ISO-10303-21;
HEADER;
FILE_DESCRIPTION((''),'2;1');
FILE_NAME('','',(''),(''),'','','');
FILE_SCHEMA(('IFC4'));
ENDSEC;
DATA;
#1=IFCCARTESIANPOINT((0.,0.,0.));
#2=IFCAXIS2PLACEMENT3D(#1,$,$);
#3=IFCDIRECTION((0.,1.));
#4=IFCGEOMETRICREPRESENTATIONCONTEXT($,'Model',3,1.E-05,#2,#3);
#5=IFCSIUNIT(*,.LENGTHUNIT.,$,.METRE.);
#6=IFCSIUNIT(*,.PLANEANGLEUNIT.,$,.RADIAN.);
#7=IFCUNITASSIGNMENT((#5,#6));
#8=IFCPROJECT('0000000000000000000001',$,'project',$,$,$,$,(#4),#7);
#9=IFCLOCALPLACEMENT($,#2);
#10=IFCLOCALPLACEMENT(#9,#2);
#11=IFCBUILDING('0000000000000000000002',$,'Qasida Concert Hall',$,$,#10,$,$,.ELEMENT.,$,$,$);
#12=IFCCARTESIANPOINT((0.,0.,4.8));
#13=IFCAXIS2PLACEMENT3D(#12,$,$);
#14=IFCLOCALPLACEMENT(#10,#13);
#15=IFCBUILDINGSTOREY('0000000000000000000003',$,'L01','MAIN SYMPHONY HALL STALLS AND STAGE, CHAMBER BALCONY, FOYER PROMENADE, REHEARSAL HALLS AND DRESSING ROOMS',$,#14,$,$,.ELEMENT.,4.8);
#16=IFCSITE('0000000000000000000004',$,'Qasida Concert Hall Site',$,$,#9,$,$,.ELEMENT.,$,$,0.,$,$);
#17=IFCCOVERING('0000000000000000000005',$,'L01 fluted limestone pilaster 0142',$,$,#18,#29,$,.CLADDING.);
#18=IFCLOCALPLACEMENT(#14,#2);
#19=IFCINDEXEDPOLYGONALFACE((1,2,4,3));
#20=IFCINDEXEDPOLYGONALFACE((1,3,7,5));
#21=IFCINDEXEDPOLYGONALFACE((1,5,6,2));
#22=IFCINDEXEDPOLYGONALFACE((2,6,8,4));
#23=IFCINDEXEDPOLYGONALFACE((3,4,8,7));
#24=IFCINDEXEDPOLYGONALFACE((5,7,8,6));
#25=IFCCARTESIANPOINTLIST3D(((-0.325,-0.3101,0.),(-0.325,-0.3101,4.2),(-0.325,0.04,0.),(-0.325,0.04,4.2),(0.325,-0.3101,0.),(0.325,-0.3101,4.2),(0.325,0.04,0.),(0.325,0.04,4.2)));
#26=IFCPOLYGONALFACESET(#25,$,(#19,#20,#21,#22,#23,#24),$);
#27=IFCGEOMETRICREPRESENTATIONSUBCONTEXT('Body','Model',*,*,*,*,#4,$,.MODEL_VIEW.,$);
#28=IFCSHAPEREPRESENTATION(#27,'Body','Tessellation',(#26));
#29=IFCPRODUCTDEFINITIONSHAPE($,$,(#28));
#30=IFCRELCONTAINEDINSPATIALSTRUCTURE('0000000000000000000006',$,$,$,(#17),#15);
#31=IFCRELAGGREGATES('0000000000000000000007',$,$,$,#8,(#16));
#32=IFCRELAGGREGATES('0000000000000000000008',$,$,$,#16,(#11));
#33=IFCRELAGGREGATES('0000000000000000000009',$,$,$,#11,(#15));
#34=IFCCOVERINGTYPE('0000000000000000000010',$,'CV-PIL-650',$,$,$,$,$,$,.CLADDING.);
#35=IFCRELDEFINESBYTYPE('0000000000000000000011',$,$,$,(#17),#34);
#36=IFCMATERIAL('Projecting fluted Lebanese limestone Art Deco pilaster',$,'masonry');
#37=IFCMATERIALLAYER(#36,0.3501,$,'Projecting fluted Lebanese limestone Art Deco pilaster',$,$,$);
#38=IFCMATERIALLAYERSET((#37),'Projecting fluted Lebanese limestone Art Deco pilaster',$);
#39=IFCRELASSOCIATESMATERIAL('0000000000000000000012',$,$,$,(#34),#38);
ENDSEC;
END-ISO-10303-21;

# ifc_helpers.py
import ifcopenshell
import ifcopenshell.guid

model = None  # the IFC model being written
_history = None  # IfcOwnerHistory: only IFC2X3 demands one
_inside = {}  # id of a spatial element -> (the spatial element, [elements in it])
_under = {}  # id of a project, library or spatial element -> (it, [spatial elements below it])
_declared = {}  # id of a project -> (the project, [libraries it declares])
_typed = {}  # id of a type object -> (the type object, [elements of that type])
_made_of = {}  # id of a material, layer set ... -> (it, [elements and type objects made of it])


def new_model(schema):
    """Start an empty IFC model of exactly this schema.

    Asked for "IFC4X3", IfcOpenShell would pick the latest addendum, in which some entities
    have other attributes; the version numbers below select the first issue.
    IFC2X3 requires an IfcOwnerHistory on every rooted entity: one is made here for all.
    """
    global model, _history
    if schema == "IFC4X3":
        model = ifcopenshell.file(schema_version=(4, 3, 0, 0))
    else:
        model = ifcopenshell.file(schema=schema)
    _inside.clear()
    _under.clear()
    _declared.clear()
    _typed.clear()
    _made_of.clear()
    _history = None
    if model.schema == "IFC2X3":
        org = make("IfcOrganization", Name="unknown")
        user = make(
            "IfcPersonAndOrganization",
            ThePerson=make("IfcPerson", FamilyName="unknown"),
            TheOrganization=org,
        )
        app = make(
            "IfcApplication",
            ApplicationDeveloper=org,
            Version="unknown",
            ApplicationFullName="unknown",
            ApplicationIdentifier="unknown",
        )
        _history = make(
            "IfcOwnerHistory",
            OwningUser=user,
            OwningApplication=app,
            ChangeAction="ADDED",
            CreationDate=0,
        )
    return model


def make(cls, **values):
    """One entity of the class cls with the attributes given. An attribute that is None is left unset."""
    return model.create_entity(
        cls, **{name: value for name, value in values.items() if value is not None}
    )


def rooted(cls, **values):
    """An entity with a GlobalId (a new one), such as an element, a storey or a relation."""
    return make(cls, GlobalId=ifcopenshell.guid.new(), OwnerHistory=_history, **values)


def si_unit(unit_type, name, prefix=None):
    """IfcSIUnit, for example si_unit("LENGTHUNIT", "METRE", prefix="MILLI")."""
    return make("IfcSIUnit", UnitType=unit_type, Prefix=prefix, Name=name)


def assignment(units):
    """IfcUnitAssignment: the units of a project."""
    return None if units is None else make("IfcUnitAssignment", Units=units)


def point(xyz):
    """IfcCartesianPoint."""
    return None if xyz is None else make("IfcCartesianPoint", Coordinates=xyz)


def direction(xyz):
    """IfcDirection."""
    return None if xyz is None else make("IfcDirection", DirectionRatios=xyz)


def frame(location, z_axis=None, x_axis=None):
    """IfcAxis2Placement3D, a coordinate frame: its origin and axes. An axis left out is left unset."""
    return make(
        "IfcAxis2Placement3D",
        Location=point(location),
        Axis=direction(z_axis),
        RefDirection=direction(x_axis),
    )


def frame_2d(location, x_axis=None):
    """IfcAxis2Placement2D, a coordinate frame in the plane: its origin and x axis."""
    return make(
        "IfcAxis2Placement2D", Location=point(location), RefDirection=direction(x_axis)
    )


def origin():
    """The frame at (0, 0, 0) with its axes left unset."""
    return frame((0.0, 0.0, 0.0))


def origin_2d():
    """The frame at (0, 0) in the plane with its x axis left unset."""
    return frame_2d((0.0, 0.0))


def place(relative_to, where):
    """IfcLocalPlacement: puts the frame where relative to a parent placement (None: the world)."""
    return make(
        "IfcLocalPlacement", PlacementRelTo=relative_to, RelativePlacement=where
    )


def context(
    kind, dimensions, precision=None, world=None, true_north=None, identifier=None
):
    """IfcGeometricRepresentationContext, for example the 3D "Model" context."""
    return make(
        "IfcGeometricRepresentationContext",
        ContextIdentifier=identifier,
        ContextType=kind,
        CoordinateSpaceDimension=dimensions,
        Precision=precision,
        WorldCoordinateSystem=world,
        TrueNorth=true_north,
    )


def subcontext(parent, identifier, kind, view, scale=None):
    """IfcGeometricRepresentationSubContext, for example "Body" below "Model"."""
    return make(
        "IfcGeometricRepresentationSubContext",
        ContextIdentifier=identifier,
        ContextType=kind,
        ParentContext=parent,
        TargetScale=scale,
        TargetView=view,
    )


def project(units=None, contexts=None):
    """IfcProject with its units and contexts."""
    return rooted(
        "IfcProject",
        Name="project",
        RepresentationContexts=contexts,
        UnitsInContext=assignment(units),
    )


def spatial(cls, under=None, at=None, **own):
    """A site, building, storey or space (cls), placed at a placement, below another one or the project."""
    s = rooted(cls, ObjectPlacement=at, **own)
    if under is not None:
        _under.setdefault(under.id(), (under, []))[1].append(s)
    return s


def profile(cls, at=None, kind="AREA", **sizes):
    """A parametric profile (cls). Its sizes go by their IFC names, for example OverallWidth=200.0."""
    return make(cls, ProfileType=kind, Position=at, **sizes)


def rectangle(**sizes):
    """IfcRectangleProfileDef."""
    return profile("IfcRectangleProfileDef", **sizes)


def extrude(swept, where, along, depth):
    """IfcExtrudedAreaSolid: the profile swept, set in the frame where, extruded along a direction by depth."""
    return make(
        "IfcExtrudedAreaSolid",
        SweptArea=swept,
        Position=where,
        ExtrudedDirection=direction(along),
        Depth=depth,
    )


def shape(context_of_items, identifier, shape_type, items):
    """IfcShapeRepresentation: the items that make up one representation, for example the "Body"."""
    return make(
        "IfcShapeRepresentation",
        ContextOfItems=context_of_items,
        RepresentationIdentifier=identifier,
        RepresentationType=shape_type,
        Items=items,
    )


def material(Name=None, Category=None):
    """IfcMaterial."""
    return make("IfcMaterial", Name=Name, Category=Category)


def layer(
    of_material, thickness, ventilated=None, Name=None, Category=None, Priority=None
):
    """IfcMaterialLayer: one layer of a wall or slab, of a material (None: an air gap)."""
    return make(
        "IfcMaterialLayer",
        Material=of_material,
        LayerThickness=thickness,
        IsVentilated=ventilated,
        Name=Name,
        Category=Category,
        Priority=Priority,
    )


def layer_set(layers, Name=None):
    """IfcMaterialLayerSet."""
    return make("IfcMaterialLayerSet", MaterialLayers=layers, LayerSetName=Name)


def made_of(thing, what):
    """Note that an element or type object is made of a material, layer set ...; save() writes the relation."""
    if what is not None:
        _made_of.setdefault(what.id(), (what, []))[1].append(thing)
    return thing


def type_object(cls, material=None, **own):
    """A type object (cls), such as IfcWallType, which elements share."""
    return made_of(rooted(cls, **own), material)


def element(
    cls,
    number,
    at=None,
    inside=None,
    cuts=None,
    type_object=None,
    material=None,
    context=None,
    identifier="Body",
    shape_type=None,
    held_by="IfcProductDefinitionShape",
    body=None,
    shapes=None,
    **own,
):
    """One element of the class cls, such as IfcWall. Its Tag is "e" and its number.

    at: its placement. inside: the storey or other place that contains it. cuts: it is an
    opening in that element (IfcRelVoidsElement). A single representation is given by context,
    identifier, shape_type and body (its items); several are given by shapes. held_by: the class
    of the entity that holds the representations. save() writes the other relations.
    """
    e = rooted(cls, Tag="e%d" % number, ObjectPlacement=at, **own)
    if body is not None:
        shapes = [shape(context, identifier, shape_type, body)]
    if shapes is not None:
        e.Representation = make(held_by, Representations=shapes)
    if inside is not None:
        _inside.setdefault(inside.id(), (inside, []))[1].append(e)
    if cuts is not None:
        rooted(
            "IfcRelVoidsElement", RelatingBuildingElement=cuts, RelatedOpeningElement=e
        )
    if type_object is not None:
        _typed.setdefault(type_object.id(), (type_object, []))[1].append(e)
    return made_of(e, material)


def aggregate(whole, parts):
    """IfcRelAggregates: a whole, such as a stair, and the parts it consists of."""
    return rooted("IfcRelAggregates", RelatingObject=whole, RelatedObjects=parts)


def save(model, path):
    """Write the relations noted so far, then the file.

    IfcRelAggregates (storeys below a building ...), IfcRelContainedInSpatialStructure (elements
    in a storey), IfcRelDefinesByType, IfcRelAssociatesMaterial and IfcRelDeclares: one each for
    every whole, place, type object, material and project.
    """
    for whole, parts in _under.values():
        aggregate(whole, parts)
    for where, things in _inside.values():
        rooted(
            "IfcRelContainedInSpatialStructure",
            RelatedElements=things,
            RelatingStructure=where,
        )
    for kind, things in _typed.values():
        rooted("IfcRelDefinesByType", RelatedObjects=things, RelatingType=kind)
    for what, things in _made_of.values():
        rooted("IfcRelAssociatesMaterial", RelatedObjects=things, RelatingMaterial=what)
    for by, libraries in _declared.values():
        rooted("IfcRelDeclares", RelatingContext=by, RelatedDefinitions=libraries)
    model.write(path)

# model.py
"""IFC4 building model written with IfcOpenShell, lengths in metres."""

from ifc_helpers import new_model, si_unit, direction, frame, origin, origin_2d, place, context, subcontext, project, spatial, rectangle, extrude, material, layer, layer_set, type_object, element, save


model = new_model("IFC4")

# Units and contexts
model_context = context("Model", 3, precision=1e-05, world=origin(), true_north=direction((0.0, 1.0)))
body_context = subcontext(model_context, "Body", "Model", "MODEL_VIEW")
ifc_project = project(units=[si_unit("LENGTHUNIT", "METRE"), si_unit("PLANEANGLEUNIT", "RADIAN")], contexts=[model_context])

# Site, building, storey
site_placement = place(None, origin())
site = spatial("IfcSite", under=ifc_project, at=site_placement, Name="Qasida Concert Hall Site", CompositionType="ELEMENT", RefElevation=0.0)
building_placement = place(site_placement, origin())
building = spatial("IfcBuilding", under=site, at=building_placement, Name="Qasida Concert Hall", CompositionType="ELEMENT")
storey_placement = place(building_placement, frame((0.0, 0.0, 4.8)))
storey = spatial("IfcBuildingStorey", under=building, at=storey_placement, Name="L01", Description="MAIN SYMPHONY HALL STALLS AND STAGE, CHAMBER BALCONY, FOYER PROMENADE, REHEARSAL HALLS AND DRESSING ROOMS", CompositionType="ELEMENT", Elevation=4.8)

# Covering
ifc_material_1 = material(Name="Projecting fluted Lebanese limestone Art Deco pilaster", Category="masonry")
ifc_layer_1 = layer(ifc_material_1, 0.3501, Name="Projecting fluted Lebanese limestone Art Deco pilaster")
ifc_layer_set_1 = layer_set([ifc_layer_1], Name="Projecting fluted Lebanese limestone Art Deco pilaster")
covering_type_1 = type_object("IfcCoveringType", Name="CV-PIL-650", PredefinedType="CLADDING", material=ifc_layer_set_1)
covering_1_placement = place(storey_placement, frame((0.0, -0.135, 0.0), z_axis=(0.0, 0.0, 1.0), x_axis=(1.0, 0.0, 0.0)))
element("IfcCovering", 1, at=covering_1_placement, inside=storey, type_object=covering_type_1, Name="L01 fluted limestone pilaster 0142", PredefinedType="CLADDING", context=body_context, shape_type="SweptSolid", body=[
    extrude(rectangle(XDim=0.6499, YDim=0.3501, at=origin_2d()), origin(), (0.0, 0.0, 1.0), 4.2),
])

save(model, "model.ifc")
